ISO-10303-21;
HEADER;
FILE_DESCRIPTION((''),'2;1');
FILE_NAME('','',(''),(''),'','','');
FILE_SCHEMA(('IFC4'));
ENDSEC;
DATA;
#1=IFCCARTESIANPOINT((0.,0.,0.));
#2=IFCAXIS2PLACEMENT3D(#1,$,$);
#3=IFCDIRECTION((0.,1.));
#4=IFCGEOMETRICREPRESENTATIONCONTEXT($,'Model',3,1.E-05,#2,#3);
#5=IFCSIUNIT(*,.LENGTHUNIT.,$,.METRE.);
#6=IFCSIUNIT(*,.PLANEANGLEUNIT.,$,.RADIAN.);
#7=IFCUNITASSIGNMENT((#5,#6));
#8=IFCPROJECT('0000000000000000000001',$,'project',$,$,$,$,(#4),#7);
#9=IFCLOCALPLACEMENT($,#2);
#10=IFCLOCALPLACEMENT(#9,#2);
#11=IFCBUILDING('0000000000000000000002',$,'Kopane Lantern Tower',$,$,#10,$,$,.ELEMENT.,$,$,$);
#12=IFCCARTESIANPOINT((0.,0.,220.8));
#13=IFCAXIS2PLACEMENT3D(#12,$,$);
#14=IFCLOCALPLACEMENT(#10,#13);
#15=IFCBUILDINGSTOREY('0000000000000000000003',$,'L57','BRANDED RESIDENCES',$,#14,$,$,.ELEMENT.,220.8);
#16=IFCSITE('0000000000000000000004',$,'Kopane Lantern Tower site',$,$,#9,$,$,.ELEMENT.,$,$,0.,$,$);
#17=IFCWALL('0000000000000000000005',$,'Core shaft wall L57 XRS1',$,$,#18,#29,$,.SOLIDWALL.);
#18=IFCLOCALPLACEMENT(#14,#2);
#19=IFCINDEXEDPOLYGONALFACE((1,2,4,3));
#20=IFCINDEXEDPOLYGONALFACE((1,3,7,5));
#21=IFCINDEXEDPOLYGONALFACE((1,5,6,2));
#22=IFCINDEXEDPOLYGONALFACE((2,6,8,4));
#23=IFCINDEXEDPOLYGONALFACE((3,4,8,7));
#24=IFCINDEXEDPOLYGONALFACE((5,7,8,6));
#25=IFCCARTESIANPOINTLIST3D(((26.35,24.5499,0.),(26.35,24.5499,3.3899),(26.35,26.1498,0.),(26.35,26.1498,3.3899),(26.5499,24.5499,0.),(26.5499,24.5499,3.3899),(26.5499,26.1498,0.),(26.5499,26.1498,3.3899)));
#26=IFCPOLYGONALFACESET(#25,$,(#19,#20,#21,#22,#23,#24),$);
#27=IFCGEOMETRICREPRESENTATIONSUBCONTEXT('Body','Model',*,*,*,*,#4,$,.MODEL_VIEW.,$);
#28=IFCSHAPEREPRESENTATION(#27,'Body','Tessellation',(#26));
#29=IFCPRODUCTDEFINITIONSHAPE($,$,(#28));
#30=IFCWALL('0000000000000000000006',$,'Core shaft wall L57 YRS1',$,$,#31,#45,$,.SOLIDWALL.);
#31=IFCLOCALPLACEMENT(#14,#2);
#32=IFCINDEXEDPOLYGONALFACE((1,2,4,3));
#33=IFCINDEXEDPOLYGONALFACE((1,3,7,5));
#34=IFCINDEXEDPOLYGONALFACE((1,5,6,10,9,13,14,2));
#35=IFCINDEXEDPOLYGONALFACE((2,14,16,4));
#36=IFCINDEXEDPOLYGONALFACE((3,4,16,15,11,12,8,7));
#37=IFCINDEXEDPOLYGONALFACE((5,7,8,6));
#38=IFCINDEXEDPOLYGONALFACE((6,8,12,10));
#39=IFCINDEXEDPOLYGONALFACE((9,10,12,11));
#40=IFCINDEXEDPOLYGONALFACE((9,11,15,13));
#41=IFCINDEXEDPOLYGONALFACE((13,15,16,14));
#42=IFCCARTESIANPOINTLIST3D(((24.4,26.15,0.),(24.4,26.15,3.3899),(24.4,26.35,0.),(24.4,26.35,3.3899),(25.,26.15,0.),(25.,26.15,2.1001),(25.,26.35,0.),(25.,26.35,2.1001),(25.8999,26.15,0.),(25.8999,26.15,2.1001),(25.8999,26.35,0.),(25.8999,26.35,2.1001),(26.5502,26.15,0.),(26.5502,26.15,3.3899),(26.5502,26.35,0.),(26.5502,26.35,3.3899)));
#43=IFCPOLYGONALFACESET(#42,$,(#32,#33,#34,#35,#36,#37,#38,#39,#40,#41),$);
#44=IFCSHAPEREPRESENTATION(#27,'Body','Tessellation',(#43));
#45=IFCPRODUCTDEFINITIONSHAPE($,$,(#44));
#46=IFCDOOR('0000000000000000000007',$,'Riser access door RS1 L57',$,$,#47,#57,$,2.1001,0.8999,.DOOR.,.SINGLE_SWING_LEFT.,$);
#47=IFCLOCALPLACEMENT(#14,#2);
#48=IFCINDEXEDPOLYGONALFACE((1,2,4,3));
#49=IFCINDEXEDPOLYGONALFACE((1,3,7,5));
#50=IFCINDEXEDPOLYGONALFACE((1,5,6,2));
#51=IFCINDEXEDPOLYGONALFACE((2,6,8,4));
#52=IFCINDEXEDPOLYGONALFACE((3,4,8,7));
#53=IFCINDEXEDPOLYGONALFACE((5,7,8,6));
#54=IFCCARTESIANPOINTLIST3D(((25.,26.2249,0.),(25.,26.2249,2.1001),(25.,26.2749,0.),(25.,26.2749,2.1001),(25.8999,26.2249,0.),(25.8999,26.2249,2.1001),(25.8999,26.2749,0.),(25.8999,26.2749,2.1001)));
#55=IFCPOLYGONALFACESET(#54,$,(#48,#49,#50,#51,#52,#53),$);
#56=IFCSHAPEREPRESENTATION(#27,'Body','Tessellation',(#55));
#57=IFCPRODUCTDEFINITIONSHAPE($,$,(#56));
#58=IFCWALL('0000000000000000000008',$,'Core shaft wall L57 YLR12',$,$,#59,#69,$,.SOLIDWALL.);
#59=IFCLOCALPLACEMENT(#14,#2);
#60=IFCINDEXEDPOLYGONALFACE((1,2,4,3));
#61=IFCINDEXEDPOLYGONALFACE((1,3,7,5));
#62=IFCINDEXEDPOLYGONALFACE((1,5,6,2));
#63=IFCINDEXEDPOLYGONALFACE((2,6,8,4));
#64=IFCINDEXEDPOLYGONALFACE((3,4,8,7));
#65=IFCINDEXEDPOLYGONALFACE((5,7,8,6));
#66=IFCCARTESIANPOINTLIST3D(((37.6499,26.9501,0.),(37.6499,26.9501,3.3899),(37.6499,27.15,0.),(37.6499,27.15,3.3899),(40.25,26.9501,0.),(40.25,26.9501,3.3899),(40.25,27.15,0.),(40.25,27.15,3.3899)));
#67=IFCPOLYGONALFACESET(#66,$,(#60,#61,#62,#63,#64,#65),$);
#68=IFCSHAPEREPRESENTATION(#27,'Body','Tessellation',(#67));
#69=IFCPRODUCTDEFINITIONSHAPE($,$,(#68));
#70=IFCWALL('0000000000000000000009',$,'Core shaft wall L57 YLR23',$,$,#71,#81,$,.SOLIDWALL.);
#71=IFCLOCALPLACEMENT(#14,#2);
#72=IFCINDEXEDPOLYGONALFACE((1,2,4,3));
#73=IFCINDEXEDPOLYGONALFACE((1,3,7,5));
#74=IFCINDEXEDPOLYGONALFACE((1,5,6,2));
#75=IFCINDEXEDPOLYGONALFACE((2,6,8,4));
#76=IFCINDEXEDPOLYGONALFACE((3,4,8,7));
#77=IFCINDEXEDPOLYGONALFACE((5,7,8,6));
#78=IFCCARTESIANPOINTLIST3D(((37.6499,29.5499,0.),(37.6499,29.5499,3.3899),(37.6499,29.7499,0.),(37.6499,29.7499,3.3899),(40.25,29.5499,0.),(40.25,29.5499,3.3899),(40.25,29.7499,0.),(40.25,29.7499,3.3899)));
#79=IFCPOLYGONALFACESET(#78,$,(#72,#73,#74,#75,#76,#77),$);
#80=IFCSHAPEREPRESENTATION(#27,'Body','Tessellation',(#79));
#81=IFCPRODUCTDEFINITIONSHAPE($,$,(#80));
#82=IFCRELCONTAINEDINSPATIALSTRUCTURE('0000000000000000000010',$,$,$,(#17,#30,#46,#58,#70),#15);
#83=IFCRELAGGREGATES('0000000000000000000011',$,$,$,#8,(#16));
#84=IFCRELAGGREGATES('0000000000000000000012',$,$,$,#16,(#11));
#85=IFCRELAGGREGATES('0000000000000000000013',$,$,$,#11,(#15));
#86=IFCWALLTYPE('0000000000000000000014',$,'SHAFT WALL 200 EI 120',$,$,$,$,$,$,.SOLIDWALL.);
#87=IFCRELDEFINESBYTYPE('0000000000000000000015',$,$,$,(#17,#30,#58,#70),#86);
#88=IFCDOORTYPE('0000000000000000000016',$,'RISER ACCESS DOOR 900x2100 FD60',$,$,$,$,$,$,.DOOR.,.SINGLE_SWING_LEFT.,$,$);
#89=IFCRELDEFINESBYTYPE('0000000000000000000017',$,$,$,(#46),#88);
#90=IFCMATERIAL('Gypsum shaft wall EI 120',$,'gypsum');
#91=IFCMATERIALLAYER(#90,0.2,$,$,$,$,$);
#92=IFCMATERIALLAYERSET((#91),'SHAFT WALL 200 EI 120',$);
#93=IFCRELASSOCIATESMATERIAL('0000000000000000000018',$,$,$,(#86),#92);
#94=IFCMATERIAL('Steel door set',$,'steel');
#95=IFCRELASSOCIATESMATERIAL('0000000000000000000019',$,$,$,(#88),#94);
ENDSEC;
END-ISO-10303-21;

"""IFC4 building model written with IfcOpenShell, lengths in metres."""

from ifc_helpers import new_model, si_unit, direction, frame, frame_2d, origin, place, context, subcontext, project, spatial, rectangle, extrude, material, layer, layer_set, type_object, element, fill, save


model = new_model("IFC4")

# Units and contexts
model_context = context("Model", 3, precision=1e-05, world=origin(), true_north=direction((0.0, 1.0)))
body_context = subcontext(model_context, "Body", "Model", "MODEL_VIEW")
ifc_project = project(units=[si_unit("LENGTHUNIT", "METRE"), si_unit("PLANEANGLEUNIT", "RADIAN")], contexts=[model_context])

# Site, building, storey
site_placement = place(None, origin())
site = spatial("IfcSite", under=ifc_project, at=site_placement, Name="Kopane Lantern Tower site", CompositionType="ELEMENT", RefElevation=0.0)
building_placement = place(site_placement, origin())
building = spatial("IfcBuilding", under=site, at=building_placement, Name="Kopane Lantern Tower", CompositionType="ELEMENT")
storey_placement = place(building_placement, frame((0.0, 0.0, 220.8)))
storey = spatial("IfcBuildingStorey", under=building, at=storey_placement, Name="L57", Description="BRANDED RESIDENCES", CompositionType="ELEMENT", Elevation=220.8)

# Wall
ifc_material_1 = material(Name="Gypsum shaft wall EI 120", Category="gypsum")
ifc_layer_1 = layer(ifc_material_1, 0.2)
ifc_layer_set_1 = layer_set([ifc_layer_1], Name="SHAFT WALL 200 EI 120")
wall_type_1 = type_object("IfcWallType", Name="SHAFT WALL 200 EI 120", PredefinedType="SOLIDWALL", material=ifc_layer_set_1)
wall_1_placement = place(storey_placement, frame((26.45, 24.55, 0.0), z_axis=(0.0, 0.0, 1.0), x_axis=(0.0, 1.0, 0.0)))
element("IfcWall", 1, at=wall_1_placement, inside=storey, type_object=wall_type_1, Name="Core shaft wall L57 XRS1", PredefinedType="SOLIDWALL", context=body_context, shape_type="SweptSolid", body=[
    extrude(rectangle(XDim=1.5999, YDim=0.2, at=frame_2d((0.7998, 0.0))), origin(), (0.0, 0.0, 1.0), 3.3899),
])

# Wall, opening, door
wall_2_placement = place(storey_placement, frame((24.3999, 26.25, 0.0), z_axis=(0.0, 0.0, 1.0), x_axis=(1.0, 0.0, 0.0)))
wall_2 = element("IfcWall", 2, at=wall_2_placement, inside=storey, type_object=wall_type_1, Name="Core shaft wall L57 YRS1", PredefinedType="SOLIDWALL", context=body_context, shape_type="SweptSolid", body=[
    extrude(rectangle(XDim=2.1501, YDim=0.2, at=frame_2d((1.0752, 0.0))), origin(), (0.0, 0.0, 1.0), 3.3899),
])
opening_1_placement = place(wall_2_placement, frame((0.6001, 0.0, 0.0)))
opening_1 = element("IfcOpeningElement", 3, at=opening_1_placement, cuts=wall_2, PredefinedType="OPENING", context=body_context, shape_type="SweptSolid", body=[
    extrude(rectangle(XDim=0.8999, YDim=2.1001, at=frame_2d((0.45, 1.05))), frame((0.0, 0.1099, 0.0), z_axis=(0.0, -1.0, 0.0), x_axis=(1.0, 0.0, 0.0)), (0.0, 0.0, 1.0), 0.22),
])
ifc_material_2 = material(Name="Steel door set", Category="steel")
door_type_1 = type_object("IfcDoorType", Name="RISER ACCESS DOOR 900x2100 FD60", OperationType="SINGLE_SWING_LEFT", PredefinedType="DOOR", material=ifc_material_2)
door_1_placement = place(opening_1_placement, origin())
door_1 = element("IfcDoor", 4, at=door_1_placement, inside=storey, type_object=door_type_1, Name="Riser access door RS1 L57", OperationType="SINGLE_SWING_LEFT", OverallHeight=2.1001, OverallWidth=0.8999, PredefinedType="DOOR", context=body_context, shape_type="SweptSolid", body=[
    extrude(rectangle(XDim=0.8999, YDim=2.1001, at=frame_2d((0.45, 1.05))), frame((0.0, 0.0249, 0.0), z_axis=(0.0, -1.0, 0.0), x_axis=(1.0, 0.0, 0.0)), (0.0, 0.0, 1.0), 0.05),
])
fill(opening_1, door_1)

# Walls
for number, where, z_axis, x_axis, name in (
    (5, (37.6499, 27.05, 0.0), (0.0, 0.0, 1.0), (1.0, 0.0, 0.0), "Core shaft wall L57 YLR12"),
    (6, (37.6499, 29.6499, 0.0), (0.0, 0.0, 1.0), (1.0, 0.0, 0.0), "Core shaft wall L57 YLR23"),
):
    element("IfcWall", number, at=place(storey_placement, frame(where, z_axis=z_axis, x_axis=x_axis)), inside=storey, type_object=wall_type_1, Name=name, PredefinedType="SOLIDWALL", context=body_context, shape_type="SweptSolid", body=[
        extrude(rectangle(XDim=2.6001, YDim=0.2, at=frame_2d((1.3, 0.0))), origin(), (0.0, 0.0, 1.0), 3.3899),
    ])

save(model, "model.ifc")
